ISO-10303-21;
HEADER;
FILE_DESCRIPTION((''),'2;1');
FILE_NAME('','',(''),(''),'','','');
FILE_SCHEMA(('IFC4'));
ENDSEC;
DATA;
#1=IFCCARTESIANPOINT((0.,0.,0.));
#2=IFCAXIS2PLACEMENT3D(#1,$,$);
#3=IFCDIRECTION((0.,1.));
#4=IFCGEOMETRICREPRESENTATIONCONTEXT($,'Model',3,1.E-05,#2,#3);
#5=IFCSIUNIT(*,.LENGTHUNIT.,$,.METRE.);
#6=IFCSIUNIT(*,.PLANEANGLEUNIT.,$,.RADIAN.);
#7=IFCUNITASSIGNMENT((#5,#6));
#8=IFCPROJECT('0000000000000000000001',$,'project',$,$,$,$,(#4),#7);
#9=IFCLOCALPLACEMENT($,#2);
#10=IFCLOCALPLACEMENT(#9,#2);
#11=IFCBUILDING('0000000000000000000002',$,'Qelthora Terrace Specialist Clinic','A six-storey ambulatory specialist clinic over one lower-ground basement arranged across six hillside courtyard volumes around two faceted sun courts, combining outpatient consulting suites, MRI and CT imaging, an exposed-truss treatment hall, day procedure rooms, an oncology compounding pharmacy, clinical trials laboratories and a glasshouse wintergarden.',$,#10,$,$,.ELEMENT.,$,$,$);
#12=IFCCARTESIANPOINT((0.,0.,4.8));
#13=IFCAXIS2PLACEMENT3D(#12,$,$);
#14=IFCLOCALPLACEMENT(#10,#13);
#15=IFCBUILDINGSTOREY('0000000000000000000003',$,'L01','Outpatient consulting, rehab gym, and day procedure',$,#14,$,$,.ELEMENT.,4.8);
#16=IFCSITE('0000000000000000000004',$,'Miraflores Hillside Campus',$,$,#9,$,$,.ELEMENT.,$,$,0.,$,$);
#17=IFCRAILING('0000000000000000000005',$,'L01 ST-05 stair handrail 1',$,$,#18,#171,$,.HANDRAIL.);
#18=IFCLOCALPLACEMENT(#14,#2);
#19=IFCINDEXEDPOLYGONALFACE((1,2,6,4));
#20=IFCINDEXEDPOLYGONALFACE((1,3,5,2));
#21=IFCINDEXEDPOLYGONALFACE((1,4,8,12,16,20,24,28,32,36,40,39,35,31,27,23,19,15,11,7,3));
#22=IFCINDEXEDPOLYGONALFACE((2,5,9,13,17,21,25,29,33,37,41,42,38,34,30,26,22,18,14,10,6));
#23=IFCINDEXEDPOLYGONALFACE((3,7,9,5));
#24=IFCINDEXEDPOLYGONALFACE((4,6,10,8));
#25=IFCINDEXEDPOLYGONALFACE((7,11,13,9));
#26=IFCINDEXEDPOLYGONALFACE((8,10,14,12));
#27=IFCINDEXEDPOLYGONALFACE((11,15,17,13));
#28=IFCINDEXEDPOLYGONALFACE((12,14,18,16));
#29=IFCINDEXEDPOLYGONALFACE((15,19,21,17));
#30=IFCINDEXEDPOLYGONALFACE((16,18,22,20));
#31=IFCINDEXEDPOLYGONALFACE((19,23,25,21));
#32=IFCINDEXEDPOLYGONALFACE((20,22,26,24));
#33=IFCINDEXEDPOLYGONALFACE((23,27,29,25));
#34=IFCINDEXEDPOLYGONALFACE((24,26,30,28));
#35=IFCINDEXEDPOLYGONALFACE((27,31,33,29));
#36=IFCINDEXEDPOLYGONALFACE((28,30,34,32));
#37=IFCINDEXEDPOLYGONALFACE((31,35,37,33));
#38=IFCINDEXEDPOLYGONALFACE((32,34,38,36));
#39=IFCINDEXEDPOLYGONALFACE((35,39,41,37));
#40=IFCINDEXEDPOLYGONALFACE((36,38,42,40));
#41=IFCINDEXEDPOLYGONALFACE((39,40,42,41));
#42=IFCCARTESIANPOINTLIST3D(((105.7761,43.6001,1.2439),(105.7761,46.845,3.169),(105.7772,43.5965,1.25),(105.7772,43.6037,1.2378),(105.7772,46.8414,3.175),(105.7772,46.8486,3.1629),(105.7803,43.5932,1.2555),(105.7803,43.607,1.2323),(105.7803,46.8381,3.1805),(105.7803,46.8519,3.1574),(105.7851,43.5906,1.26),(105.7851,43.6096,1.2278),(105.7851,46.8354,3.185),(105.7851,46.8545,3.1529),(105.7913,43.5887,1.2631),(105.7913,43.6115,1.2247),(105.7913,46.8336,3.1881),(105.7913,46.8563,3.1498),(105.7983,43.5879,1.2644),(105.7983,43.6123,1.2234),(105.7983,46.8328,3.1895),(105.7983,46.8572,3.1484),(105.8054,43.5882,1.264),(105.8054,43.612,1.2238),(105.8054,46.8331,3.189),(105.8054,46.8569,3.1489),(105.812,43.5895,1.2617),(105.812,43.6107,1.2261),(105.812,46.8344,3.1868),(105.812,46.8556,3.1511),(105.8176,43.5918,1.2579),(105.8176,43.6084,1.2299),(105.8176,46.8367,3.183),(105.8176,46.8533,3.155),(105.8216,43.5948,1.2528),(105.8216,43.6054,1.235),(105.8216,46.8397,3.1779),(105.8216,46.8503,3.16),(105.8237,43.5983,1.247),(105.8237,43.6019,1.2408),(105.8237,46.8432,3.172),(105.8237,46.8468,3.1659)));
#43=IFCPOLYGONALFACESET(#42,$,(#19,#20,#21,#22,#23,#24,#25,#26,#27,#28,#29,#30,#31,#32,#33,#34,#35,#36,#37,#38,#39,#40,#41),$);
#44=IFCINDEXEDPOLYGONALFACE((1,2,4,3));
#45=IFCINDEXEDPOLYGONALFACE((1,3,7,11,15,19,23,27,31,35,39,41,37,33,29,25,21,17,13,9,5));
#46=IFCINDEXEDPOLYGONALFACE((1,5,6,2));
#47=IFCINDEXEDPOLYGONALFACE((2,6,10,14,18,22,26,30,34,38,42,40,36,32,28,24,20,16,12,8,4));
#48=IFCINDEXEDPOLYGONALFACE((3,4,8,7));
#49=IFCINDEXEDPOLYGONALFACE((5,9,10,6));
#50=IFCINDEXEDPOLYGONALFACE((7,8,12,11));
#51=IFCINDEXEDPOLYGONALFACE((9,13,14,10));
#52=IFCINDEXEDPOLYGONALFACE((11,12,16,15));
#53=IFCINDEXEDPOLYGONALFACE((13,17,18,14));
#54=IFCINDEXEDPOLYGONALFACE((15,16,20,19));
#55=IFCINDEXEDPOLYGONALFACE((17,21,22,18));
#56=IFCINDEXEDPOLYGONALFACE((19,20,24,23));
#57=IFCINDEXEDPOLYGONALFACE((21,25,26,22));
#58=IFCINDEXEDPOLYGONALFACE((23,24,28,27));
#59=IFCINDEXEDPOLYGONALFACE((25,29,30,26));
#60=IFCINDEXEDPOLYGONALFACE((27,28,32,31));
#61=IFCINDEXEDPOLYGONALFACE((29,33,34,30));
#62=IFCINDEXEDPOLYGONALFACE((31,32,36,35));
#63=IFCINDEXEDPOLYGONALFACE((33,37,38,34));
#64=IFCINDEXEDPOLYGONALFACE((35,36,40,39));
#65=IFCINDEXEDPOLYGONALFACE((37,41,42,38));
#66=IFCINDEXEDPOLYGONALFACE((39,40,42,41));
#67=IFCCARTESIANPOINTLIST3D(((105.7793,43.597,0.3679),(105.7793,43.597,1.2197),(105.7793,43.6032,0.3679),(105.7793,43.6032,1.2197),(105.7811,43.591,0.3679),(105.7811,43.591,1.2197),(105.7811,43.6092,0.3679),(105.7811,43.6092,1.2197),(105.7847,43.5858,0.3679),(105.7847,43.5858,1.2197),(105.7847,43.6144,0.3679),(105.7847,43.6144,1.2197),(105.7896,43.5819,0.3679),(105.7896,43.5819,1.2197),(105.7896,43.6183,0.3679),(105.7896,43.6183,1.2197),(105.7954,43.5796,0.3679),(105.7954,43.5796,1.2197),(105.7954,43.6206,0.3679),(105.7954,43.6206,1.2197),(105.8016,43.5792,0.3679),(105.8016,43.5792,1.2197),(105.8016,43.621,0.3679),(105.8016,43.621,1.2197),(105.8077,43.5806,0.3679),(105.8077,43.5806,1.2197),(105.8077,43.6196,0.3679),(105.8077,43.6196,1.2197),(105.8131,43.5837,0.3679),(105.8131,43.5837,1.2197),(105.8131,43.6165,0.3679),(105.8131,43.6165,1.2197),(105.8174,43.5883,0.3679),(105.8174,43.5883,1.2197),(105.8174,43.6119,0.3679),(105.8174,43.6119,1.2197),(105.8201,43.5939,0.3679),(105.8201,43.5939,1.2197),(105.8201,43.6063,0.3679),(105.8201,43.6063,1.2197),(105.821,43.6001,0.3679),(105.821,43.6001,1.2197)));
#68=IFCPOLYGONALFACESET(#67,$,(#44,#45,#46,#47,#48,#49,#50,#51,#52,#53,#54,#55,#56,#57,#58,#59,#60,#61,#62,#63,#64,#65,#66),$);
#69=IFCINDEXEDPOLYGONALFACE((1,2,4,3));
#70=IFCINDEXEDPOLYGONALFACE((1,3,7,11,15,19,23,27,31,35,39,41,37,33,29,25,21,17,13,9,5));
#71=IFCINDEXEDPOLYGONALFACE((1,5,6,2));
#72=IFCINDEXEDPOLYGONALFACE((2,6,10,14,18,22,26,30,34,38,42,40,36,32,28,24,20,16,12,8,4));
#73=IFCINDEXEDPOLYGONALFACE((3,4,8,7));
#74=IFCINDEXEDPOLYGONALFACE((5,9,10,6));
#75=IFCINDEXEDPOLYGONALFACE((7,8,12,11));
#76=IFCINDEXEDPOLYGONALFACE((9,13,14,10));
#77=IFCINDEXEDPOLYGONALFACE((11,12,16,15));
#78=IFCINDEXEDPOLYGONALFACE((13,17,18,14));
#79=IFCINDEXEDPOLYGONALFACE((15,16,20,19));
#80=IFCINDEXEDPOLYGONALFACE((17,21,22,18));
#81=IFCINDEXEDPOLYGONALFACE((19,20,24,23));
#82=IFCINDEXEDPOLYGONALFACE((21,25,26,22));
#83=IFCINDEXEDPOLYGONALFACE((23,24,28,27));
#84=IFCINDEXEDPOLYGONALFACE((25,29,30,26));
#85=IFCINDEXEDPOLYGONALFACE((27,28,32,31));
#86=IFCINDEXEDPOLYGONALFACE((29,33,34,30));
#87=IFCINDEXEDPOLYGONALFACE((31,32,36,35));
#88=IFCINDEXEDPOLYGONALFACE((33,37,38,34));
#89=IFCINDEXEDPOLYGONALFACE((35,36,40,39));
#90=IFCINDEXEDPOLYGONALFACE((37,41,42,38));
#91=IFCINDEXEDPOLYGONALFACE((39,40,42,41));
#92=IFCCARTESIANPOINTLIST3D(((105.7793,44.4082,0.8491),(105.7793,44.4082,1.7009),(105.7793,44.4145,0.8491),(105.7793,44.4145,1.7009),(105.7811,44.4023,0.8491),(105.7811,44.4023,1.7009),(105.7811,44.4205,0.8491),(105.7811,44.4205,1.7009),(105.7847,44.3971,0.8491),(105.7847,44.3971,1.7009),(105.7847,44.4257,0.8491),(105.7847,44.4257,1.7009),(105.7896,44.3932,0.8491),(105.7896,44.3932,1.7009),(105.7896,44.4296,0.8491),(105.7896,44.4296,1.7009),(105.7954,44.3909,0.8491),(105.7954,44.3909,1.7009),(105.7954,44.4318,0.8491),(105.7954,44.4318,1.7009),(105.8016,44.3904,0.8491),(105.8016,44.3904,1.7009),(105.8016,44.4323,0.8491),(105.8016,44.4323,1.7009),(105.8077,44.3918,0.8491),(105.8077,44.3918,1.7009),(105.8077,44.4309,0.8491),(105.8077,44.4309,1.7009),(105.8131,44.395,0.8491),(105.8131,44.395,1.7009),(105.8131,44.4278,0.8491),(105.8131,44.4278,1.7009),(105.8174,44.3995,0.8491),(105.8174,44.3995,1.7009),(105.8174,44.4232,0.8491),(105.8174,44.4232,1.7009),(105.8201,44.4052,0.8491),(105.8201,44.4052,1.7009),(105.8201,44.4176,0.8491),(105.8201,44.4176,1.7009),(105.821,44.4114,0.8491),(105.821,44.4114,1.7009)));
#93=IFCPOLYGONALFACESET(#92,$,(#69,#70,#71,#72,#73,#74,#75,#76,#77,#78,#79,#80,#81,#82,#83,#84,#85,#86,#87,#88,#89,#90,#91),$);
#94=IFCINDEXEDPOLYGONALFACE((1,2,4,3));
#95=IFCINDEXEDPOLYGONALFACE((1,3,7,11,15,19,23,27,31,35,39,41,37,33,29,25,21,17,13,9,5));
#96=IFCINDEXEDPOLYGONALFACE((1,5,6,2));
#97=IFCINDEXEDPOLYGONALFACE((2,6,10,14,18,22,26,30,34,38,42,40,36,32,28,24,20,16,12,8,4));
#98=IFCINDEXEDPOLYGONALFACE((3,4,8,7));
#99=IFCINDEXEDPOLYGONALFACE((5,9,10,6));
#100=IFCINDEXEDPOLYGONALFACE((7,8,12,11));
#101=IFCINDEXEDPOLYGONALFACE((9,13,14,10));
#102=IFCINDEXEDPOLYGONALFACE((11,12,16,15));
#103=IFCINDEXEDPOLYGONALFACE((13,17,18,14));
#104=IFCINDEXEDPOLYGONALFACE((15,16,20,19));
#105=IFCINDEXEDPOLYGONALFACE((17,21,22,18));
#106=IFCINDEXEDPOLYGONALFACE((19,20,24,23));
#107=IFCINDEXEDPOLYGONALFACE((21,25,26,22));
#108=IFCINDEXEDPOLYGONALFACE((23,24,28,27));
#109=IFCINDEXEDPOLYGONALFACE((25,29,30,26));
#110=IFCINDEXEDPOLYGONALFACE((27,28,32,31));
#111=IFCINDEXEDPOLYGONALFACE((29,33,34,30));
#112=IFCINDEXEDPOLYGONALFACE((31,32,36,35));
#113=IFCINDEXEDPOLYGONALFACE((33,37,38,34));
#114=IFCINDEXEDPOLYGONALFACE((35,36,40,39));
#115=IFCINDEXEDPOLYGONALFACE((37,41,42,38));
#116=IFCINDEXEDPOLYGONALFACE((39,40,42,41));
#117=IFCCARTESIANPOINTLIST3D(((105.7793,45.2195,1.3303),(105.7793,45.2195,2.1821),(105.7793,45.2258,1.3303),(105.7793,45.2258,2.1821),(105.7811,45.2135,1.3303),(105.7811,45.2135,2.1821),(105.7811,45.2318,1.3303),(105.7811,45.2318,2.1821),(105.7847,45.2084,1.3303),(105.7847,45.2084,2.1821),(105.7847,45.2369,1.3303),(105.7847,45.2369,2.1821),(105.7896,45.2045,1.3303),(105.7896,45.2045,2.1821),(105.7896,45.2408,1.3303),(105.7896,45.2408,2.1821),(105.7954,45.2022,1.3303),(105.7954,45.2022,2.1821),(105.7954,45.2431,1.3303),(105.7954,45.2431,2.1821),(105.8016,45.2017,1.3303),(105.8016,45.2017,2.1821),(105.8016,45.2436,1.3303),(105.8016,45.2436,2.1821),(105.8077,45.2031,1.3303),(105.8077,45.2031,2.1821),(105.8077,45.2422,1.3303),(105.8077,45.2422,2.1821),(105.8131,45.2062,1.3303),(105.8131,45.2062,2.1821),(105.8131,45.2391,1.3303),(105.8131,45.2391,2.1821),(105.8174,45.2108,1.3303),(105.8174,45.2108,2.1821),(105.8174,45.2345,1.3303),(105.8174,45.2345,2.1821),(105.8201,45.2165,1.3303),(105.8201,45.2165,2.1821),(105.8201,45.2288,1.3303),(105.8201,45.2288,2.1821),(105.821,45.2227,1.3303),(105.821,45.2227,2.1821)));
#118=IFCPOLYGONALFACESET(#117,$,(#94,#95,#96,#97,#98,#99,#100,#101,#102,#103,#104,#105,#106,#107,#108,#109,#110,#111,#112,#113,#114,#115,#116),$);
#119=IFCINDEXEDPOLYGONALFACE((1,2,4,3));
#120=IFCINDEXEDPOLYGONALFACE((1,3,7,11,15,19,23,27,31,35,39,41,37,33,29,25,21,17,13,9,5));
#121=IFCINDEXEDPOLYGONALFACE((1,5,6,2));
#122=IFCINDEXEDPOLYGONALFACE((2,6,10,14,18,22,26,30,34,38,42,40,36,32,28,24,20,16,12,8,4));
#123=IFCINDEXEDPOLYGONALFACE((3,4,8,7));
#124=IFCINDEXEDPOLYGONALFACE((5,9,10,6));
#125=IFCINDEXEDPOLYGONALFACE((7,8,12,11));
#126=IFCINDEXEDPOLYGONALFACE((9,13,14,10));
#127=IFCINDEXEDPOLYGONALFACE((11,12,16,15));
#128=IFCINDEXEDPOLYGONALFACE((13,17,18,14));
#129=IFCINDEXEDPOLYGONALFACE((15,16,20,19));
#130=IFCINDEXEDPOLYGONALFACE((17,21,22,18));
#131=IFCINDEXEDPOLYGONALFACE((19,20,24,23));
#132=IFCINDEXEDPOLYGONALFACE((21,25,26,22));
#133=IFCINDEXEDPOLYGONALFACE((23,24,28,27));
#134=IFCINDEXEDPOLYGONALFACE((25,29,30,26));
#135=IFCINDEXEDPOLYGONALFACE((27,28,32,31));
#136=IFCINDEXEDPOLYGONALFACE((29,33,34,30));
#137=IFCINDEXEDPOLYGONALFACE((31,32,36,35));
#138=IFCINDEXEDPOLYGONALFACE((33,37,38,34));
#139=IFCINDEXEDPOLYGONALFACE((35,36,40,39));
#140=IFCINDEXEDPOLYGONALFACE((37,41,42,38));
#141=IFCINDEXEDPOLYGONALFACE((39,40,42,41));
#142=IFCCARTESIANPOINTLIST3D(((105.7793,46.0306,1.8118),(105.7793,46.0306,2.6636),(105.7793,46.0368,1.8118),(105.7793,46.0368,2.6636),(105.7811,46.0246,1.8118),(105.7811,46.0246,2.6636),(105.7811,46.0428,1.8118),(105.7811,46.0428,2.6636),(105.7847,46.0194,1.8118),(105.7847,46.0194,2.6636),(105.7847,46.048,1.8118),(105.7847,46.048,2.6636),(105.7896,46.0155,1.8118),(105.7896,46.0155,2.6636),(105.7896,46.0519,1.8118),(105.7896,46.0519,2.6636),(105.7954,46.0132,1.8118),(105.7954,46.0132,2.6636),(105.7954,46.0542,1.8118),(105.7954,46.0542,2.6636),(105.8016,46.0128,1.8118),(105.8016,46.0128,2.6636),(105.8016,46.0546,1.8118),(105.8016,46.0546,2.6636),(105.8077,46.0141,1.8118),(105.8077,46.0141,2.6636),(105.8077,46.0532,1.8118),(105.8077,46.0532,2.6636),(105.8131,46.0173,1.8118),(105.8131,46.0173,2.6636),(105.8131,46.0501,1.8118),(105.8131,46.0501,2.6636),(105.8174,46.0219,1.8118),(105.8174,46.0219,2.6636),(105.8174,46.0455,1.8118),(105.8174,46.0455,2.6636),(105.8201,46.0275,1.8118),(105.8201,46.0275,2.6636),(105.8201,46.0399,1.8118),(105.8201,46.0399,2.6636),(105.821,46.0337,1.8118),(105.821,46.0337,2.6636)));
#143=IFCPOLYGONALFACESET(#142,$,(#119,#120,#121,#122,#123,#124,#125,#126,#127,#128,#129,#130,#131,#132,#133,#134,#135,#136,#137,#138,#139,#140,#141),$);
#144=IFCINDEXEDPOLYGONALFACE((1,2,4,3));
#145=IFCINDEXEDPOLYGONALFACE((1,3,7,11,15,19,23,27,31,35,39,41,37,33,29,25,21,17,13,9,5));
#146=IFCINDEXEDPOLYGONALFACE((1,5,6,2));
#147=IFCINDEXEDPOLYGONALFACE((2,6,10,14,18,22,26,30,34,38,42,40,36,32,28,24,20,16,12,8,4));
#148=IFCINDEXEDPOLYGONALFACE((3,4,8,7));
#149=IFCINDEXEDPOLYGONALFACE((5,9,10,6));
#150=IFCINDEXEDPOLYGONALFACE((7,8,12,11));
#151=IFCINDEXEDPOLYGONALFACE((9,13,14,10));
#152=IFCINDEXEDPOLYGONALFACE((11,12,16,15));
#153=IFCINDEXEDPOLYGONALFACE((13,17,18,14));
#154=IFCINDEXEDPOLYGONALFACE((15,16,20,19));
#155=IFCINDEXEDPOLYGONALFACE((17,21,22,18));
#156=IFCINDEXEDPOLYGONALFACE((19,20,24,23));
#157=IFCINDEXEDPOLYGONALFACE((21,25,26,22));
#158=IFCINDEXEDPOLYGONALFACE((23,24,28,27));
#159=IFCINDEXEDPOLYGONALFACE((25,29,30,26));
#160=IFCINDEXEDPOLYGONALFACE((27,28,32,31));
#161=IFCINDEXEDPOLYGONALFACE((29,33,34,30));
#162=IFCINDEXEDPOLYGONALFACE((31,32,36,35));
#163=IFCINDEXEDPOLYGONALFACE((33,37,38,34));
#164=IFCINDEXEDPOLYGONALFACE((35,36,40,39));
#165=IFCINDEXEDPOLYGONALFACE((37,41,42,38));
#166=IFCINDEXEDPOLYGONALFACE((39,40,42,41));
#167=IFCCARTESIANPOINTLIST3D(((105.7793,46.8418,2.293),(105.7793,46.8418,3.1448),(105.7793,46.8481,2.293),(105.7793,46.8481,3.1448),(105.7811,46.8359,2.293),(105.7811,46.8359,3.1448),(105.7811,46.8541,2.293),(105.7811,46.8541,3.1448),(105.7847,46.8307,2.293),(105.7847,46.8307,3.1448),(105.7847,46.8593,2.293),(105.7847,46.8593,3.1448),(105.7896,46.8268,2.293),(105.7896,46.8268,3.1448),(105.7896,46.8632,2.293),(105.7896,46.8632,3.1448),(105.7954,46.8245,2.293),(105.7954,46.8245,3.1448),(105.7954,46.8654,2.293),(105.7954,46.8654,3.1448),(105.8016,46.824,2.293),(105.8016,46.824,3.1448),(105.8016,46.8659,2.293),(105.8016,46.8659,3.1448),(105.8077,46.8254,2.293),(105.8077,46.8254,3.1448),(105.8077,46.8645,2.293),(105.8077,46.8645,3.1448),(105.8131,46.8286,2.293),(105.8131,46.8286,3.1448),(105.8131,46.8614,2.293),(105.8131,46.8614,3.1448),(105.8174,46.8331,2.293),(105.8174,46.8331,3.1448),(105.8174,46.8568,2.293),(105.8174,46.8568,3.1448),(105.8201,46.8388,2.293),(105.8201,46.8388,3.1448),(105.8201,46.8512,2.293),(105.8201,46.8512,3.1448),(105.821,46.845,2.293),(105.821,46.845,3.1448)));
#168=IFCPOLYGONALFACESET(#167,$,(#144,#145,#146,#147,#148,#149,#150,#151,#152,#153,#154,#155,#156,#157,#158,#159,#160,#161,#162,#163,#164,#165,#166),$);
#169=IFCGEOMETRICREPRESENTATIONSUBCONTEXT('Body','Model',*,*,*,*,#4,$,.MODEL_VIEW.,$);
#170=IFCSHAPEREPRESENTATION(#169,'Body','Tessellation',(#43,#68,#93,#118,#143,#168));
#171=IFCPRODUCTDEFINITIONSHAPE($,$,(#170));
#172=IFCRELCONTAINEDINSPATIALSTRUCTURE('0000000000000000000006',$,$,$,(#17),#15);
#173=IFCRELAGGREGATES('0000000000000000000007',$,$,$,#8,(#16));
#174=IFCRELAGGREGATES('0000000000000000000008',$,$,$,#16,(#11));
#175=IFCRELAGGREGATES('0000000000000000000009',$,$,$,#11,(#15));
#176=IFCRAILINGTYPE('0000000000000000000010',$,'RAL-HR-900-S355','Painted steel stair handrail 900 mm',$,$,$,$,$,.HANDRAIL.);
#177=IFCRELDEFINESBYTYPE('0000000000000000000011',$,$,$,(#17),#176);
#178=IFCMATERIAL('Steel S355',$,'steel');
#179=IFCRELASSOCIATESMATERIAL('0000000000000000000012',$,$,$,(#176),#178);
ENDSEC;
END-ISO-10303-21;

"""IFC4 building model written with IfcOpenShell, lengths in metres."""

from ifc_helpers import new_model, si_unit, direction, frame, origin, origin_2d, place, context, subcontext, project, spatial, circle, extrude, material, type_object, element, save


model = new_model("IFC4")

# Units and contexts
model_context = context("Model", 3, precision=1e-05, world=origin(), true_north=direction((0.0, 1.0)))
body_context = subcontext(model_context, "Body", "Model", "MODEL_VIEW")
ifc_project = project(units=[si_unit("LENGTHUNIT", "METRE"), si_unit("PLANEANGLEUNIT", "RADIAN")], contexts=[model_context])

# Site, building, storey
site_placement = place(None, origin())
site = spatial("IfcSite", under=ifc_project, at=site_placement, Name="Miraflores Hillside Campus", CompositionType="ELEMENT", RefElevation=0.0)
building_placement = place(site_placement, origin())
building = spatial("IfcBuilding", under=site, at=building_placement, Name="Qelthora Terrace Specialist Clinic", Description="A six-storey ambulatory specialist clinic over one lower-ground basement arranged across six hillside courtyard volumes around two faceted sun courts, combining outpatient consulting suites, MRI and CT imaging, an exposed-truss treatment hall, day procedure rooms, an oncology compounding pharmacy, clinical trials laboratories and a glasshouse wintergarden.", CompositionType="ELEMENT")
storey_placement = place(building_placement, frame((0.0, 0.0, 4.8)))
storey = spatial("IfcBuildingStorey", under=building, at=storey_placement, Name="L01", Description="Outpatient consulting, rehab gym, and day procedure", CompositionType="ELEMENT", Elevation=4.8)

# Shared definitions
ifc_material_1 = material(Name="Steel S355", Category="steel")

# Railing
railing_type_1 = type_object("IfcRailingType", Name="RAL-HR-900-S355", Description="Painted steel stair handrail 900 mm", PredefinedType="HANDRAIL", material=ifc_material_1)
railing_1_placement = place(storey_placement, frame((105.8, 43.6001, 0.3679)))
element("IfcRailing", 1, at=railing_1_placement, inside=storey, type_object=railing_type_1, Name="L01 ST-05 stair handrail 1", PredefinedType="HANDRAIL", context=body_context, shape_type="SweptSolid", body=[
    extrude(circle(Radius=0.0239, at=origin_2d()), frame((0.0, 0.0, 0.876), z_axis=(0.0, 0.86004, 0.510226), x_axis=(-1.0, 0.0, 0.0)), (0.0, 0.0, 1.0), 3.7729),
    extrude(circle(Radius=0.021, at=origin_2d()), origin(), (0.0, 0.0, 1.0), 0.8518),
    extrude(circle(Radius=0.021, at=origin_2d()), frame((0.0, 0.8113, 0.4812)), (0.0, 0.0, 1.0), 0.8518),
    extrude(circle(Radius=0.021, at=origin_2d()), frame((0.0, 1.6226, 0.9624)), (0.0, 0.0, 1.0), 0.8518),
    extrude(circle(Radius=0.021, at=origin_2d()), frame((0.0, 2.4336, 1.4438)), (0.0, 0.0, 1.0), 0.8518),
    extrude(circle(Radius=0.021, at=origin_2d()), frame((0.0, 3.2449, 1.925)), (0.0, 0.0, 1.0), 0.8518),
])

save(model, "model.ifc")
